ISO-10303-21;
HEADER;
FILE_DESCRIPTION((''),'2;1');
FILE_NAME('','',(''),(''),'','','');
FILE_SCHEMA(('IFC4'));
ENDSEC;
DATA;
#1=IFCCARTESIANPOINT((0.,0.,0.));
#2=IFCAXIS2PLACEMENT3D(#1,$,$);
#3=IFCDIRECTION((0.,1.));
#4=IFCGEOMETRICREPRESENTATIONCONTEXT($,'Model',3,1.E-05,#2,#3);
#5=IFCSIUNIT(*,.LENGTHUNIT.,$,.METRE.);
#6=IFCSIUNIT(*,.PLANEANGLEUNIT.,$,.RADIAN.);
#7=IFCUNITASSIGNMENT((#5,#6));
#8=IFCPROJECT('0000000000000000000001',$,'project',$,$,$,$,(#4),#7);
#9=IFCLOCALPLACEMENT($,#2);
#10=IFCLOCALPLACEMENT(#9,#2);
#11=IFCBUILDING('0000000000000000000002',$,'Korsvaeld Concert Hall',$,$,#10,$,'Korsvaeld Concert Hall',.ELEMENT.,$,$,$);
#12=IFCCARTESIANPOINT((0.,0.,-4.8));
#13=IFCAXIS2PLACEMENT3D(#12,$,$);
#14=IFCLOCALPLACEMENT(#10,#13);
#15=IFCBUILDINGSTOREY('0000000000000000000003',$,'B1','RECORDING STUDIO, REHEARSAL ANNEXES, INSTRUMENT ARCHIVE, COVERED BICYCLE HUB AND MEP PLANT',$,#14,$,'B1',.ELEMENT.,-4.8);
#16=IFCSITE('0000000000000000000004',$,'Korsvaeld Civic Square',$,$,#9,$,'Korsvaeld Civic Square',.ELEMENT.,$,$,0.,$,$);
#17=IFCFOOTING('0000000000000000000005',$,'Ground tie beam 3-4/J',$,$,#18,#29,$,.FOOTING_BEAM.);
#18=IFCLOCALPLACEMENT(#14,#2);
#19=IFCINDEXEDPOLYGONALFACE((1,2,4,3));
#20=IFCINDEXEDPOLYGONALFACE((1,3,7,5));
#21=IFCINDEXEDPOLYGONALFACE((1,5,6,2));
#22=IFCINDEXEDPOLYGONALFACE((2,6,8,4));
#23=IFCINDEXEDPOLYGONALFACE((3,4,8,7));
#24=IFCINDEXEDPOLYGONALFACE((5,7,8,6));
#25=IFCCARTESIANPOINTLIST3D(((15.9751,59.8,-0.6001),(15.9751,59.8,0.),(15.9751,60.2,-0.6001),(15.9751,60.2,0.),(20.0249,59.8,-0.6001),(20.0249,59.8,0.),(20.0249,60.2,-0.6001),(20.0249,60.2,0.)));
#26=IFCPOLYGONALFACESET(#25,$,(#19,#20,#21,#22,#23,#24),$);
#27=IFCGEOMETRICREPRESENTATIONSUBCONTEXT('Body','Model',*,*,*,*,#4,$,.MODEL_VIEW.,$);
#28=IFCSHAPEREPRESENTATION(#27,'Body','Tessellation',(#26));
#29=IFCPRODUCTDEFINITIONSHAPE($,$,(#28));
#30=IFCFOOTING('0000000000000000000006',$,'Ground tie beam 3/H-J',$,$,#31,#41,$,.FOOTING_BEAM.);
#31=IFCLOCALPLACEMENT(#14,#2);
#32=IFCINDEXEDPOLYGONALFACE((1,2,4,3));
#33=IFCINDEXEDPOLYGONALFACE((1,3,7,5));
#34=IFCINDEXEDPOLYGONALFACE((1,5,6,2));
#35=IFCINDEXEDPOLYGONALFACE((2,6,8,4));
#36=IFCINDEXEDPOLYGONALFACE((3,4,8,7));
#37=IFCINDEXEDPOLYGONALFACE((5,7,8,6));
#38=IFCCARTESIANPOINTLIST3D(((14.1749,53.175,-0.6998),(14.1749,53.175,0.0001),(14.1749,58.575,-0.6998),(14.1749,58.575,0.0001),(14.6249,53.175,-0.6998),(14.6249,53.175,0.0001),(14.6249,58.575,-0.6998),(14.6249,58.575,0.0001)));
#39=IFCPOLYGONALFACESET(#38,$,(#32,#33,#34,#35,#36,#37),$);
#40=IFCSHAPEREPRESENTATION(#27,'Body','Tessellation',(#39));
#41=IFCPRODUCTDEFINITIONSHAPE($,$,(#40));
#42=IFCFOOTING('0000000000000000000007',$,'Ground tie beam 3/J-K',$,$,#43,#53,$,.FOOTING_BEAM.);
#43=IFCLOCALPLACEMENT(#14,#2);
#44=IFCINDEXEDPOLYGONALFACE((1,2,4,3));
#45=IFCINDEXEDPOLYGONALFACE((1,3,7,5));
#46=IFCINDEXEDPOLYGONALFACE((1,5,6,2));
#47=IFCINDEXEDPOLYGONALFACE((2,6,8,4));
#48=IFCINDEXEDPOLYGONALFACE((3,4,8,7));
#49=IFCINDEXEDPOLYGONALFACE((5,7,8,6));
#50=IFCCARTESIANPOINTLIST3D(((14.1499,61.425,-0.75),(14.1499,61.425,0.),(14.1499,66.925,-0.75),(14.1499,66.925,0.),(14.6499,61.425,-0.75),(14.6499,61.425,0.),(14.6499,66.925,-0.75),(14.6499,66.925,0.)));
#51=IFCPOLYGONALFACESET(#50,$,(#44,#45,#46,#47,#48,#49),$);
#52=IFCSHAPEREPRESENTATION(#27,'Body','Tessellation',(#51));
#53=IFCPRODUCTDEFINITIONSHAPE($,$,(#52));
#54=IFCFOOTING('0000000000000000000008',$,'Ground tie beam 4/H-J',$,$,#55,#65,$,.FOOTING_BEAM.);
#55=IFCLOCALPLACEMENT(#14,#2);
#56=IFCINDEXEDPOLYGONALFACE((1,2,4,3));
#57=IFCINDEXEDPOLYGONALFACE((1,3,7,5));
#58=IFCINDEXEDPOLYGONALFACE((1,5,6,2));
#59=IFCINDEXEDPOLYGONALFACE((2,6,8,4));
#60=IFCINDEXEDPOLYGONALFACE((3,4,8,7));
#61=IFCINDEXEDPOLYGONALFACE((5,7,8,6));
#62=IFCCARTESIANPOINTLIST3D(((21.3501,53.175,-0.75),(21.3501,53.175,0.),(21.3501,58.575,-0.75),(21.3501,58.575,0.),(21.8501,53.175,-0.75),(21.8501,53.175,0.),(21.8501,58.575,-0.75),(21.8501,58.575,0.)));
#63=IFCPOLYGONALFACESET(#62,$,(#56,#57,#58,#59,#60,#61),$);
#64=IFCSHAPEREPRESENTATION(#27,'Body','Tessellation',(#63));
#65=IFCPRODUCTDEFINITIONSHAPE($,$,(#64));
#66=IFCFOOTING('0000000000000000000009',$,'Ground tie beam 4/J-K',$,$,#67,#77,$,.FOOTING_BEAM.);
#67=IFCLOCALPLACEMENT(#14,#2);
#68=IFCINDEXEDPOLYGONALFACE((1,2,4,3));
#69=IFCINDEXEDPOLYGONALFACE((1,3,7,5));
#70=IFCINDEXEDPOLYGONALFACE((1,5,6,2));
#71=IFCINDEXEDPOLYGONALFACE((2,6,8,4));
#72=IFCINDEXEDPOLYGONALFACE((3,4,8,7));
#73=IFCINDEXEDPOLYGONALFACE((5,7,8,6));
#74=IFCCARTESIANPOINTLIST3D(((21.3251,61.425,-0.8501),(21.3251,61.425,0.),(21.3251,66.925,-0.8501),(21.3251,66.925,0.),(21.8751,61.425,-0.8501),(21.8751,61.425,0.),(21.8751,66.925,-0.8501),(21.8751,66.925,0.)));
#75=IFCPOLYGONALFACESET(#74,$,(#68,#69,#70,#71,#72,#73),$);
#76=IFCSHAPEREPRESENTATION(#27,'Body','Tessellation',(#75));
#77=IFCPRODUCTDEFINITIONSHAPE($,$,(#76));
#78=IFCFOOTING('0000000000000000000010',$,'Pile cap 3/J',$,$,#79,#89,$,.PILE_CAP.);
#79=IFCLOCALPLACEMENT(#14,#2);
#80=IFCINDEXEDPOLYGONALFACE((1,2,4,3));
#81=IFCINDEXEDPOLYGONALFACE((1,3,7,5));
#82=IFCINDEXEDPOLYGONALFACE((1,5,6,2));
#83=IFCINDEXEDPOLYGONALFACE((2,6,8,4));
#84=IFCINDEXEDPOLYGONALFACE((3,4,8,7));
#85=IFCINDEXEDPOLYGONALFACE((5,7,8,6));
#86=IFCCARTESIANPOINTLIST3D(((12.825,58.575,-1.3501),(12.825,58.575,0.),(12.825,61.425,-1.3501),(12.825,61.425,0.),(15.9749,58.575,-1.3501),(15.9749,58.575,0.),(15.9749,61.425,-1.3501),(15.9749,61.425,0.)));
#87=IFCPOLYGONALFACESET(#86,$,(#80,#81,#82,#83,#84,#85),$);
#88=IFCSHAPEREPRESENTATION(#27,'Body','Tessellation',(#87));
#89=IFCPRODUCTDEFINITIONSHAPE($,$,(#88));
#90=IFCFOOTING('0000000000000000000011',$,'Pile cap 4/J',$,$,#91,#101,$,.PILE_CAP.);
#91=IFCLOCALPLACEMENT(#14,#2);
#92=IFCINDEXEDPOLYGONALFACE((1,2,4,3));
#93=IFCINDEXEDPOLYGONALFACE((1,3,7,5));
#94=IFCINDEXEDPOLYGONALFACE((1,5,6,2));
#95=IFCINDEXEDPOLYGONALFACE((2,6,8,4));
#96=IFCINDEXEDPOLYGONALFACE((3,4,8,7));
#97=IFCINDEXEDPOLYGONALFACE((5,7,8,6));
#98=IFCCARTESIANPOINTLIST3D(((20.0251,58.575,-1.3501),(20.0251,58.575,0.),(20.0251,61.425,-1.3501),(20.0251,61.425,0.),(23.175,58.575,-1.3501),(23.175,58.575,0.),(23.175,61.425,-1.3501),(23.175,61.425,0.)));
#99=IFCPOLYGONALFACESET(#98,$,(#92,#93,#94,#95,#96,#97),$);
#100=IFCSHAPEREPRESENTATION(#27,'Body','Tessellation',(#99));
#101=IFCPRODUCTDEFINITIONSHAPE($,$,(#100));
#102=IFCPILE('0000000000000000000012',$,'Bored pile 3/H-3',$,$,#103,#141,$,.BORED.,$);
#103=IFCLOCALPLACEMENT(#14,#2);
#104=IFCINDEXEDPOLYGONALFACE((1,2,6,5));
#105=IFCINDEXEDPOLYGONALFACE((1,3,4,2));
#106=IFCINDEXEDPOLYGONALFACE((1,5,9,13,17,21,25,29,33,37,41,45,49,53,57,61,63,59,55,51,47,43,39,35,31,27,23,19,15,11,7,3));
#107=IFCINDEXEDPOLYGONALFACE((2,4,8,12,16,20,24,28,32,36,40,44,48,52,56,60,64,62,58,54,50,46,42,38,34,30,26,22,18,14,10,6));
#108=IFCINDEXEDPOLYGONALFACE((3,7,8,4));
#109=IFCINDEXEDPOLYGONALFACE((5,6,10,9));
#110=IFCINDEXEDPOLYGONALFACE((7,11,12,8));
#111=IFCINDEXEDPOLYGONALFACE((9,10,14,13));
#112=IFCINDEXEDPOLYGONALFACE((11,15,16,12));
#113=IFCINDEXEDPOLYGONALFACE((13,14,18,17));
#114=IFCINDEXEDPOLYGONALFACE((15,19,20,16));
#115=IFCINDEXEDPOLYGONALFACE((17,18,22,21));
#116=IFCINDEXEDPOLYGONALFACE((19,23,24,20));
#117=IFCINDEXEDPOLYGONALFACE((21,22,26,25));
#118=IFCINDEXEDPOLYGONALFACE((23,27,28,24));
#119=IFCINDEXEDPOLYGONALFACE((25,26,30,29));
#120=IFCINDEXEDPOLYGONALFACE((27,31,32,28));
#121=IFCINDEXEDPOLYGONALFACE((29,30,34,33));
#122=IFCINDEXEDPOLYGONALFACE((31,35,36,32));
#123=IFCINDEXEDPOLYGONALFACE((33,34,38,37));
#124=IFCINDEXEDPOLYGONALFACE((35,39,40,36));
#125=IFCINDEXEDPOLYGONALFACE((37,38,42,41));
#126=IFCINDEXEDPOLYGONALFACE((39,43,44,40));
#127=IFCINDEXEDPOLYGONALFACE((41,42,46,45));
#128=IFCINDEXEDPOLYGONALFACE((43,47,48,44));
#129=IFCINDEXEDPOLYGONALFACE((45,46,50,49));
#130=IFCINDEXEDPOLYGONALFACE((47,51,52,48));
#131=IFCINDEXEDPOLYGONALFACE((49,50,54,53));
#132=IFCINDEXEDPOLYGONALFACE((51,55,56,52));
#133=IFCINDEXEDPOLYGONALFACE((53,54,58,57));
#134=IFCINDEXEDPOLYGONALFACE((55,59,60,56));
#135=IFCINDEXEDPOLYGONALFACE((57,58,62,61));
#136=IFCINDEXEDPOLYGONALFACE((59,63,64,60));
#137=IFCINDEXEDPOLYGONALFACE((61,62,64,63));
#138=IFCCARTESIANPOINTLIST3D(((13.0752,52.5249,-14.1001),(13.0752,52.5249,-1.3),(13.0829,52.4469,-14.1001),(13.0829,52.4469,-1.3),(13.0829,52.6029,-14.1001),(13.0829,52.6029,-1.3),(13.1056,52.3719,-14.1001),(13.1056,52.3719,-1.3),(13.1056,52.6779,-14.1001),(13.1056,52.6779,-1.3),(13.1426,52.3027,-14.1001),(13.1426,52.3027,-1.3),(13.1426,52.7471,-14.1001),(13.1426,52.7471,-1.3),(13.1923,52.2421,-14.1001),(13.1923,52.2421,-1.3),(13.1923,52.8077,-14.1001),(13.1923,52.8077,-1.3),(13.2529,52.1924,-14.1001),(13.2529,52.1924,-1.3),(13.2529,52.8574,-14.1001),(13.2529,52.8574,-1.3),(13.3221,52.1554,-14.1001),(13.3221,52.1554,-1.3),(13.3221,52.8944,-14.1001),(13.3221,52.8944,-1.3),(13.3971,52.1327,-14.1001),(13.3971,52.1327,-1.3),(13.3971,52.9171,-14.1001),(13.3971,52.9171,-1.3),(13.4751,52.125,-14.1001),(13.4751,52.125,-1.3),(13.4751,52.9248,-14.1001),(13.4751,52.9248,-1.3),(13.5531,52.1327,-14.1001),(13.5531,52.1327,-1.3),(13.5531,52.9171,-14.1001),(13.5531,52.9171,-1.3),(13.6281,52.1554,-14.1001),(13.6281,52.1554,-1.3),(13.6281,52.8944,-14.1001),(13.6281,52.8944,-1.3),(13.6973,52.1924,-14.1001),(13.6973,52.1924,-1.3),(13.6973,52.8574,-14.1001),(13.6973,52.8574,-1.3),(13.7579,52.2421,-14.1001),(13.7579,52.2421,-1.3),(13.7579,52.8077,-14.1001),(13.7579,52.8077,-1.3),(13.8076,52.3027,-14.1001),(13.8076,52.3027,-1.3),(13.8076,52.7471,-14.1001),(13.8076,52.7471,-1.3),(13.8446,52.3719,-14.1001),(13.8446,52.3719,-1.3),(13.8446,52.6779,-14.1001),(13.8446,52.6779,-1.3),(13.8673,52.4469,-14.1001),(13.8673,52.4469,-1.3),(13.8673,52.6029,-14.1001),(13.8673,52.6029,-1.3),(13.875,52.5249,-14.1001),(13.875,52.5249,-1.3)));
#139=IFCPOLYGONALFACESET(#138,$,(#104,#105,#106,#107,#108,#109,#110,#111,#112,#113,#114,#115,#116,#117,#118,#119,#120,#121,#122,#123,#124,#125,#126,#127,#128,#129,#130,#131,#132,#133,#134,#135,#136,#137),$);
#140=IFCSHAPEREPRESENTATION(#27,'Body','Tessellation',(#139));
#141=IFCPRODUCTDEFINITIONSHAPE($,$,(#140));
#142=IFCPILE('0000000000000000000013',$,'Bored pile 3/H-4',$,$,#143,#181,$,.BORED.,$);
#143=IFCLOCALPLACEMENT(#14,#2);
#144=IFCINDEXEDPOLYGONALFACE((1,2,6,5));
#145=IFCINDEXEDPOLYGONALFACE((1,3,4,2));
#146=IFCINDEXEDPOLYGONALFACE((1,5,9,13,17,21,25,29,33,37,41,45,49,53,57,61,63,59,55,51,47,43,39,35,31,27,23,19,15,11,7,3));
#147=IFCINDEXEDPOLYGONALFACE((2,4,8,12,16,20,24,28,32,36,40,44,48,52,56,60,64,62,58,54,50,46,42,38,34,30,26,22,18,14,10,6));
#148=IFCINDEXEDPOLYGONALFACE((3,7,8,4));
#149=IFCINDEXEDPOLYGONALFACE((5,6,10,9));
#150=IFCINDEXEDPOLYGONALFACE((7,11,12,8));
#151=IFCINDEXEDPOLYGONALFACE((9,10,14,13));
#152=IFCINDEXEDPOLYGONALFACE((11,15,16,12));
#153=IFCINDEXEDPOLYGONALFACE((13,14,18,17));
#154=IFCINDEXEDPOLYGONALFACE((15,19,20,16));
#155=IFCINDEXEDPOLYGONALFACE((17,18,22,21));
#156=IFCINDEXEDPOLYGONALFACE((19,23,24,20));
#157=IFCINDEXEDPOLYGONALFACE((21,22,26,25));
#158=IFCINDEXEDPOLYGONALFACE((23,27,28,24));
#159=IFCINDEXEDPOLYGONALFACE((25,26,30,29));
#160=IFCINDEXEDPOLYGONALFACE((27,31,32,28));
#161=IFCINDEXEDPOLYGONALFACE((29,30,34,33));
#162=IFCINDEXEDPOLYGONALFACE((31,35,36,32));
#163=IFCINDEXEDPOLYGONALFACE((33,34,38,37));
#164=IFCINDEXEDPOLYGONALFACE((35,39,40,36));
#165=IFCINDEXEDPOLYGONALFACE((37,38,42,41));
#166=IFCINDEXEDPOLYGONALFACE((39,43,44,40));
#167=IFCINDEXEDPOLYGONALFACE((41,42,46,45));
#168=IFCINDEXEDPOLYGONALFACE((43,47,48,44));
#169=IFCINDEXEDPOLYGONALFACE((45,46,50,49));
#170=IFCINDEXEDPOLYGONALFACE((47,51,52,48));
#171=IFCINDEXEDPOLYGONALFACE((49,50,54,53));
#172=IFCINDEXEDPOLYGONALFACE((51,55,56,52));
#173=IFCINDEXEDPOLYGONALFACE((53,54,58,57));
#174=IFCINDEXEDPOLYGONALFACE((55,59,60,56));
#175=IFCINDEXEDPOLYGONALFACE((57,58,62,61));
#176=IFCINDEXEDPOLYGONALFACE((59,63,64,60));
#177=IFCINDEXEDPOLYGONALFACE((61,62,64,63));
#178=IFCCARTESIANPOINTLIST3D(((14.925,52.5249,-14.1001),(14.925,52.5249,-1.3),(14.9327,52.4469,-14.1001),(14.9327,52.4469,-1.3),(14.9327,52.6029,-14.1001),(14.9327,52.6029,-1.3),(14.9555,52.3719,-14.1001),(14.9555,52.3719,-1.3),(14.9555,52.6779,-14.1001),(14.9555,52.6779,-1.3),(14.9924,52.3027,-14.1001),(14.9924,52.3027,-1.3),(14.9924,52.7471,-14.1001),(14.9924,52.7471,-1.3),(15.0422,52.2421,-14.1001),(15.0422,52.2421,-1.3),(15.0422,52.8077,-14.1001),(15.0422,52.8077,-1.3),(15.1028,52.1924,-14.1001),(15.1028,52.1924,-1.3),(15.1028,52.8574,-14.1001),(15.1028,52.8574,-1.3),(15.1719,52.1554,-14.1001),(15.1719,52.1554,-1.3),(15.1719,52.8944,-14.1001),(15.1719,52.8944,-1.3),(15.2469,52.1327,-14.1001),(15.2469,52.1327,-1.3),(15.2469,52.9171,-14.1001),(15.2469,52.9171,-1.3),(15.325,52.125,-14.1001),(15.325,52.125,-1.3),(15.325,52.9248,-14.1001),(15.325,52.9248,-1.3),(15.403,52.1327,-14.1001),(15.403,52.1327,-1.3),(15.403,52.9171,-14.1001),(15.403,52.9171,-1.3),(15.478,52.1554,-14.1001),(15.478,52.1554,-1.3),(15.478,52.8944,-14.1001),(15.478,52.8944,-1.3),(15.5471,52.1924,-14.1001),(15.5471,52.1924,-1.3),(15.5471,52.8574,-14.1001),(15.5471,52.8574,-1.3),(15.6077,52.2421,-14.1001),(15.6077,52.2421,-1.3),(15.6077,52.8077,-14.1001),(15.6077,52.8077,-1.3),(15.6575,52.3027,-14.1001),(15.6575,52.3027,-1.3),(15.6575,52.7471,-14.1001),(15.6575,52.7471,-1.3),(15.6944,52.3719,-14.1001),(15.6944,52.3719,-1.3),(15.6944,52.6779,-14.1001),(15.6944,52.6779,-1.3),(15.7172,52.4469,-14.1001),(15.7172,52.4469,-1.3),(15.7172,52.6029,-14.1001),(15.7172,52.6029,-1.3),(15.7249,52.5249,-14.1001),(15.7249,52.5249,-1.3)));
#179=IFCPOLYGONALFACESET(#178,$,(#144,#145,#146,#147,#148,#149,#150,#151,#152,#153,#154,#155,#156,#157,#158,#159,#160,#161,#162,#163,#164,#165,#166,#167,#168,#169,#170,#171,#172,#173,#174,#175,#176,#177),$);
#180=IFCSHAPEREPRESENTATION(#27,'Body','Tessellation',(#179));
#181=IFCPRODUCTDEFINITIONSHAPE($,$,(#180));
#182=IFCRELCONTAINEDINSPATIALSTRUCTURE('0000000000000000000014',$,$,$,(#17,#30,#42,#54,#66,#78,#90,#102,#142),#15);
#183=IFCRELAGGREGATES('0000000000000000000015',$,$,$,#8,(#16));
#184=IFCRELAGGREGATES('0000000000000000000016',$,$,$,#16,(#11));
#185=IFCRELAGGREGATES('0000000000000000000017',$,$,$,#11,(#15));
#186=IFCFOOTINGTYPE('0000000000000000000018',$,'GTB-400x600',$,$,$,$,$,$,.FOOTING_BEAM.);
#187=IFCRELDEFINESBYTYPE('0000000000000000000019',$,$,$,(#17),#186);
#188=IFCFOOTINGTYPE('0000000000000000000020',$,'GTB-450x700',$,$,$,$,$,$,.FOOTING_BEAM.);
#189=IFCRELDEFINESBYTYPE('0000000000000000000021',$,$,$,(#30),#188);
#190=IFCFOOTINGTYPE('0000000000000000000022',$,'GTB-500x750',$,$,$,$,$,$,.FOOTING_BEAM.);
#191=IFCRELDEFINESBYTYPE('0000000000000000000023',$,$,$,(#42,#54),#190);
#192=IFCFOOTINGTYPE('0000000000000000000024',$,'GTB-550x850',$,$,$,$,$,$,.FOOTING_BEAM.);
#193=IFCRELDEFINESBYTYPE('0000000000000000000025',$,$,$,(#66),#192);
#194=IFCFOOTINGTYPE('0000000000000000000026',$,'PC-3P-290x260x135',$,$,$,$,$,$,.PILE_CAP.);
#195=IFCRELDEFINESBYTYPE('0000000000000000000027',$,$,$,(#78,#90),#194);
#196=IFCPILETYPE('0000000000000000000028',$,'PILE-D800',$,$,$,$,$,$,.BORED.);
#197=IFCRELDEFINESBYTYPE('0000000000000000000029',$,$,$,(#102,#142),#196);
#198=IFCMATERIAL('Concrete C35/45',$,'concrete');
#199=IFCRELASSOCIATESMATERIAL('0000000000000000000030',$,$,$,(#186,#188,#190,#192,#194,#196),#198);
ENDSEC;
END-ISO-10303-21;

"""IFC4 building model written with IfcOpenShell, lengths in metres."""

from ifc_helpers import new_model, si_unit, direction, frame, origin, origin_2d, place, context, subcontext, project, spatial, rectangle, circle, extrude, material, material_profile, profile_set, type_object, element, save


model = new_model("IFC4")

# Units and contexts
model_context = context("Model", 3, precision=1e-05, world=origin(), true_north=direction((0.0, 1.0)))
body_context = subcontext(model_context, "Body", "Model", "MODEL_VIEW")
ifc_project = project(units=[si_unit("LENGTHUNIT", "METRE"), si_unit("PLANEANGLEUNIT", "RADIAN")], contexts=[model_context])

# Site, building, storey
site_placement = place(None, origin())
site = spatial("IfcSite", under=ifc_project, at=site_placement, Name="Korsvaeld Civic Square", LongName="Korsvaeld Civic Square", CompositionType="ELEMENT", RefElevation=0.0)
building_placement = place(site_placement, origin())
building = spatial("IfcBuilding", under=site, at=building_placement, Name="Korsvaeld Concert Hall", LongName="Korsvaeld Concert Hall", CompositionType="ELEMENT")
storey_placement = place(building_placement, frame((0.0, 0.0, -4.8)))
storey = spatial("IfcBuildingStorey", under=building, at=storey_placement, Name="B1", Description="RECORDING STUDIO, REHEARSAL ANNEXES, INSTRUMENT ARCHIVE, COVERED BICYCLE HUB AND MEP PLANT", LongName="B1", CompositionType="ELEMENT", Elevation=-4.8)

# Footings
ifc_material_1 = material(Name="Concrete C35/45", Category="concrete")
ifc_material_profile_1 = material_profile(ifc_material_1, rectangle(XDim=0.3999, YDim=0.6001, at=origin_2d()), Name="GTB 400x600")
ifc_profile_set_1 = profile_set([ifc_material_profile_1], Name="Concrete C35/45")
footing_type_1 = type_object("IfcFootingType", Name="GTB-400x600", PredefinedType="FOOTING_BEAM", material=ifc_profile_set_1)
footing_1_placement = place(storey_placement, frame((15.9751, 60.0, -0.3), z_axis=(1.0, 0.0, 0.0), x_axis=(0.0, 1.0, 0.0)))
element("IfcFooting", 1, at=footing_1_placement, inside=storey, type_object=footing_type_1, Name="Ground tie beam 3-4/J", PredefinedType="FOOTING_BEAM", context=body_context, shape_type="SweptSolid", body=[
    extrude(rectangle(XDim=0.3999, YDim=0.6001, at=origin_2d()), origin(), (0.0, 0.0, 1.0), 4.0498),
])
ifc_material_profile_2 = material_profile(ifc_material_1, rectangle(XDim=0.45, YDim=0.7, at=origin_2d()), Name="GTB 450x700")
ifc_profile_set_2 = profile_set([ifc_material_profile_2], Name="Concrete C35/45")
footing_type_2 = type_object("IfcFootingType", Name="GTB-450x700", PredefinedType="FOOTING_BEAM", material=ifc_profile_set_2)
footing_2_placement = place(storey_placement, frame((14.3999, 53.175, -0.3499), z_axis=(0.0, 1.0, 0.0), x_axis=(-1.0, 0.0, 0.0)))
element("IfcFooting", 2, at=footing_2_placement, inside=storey, type_object=footing_type_2, Name="Ground tie beam 3/H-J", PredefinedType="FOOTING_BEAM", context=body_context, shape_type="SweptSolid", body=[
    extrude(rectangle(XDim=0.45, YDim=0.7, at=origin_2d()), origin(), (0.0, 0.0, 1.0), 5.3999),
])
ifc_material_profile_3 = material_profile(ifc_material_1, rectangle(XDim=0.5, YDim=0.75, at=origin_2d()), Name="GTB 500x750")
ifc_profile_set_3 = profile_set([ifc_material_profile_3], Name="Concrete C35/45")
footing_type_3 = type_object("IfcFootingType", Name="GTB-500x750", PredefinedType="FOOTING_BEAM", material=ifc_profile_set_3)
footing_3_placement = place(storey_placement, frame((14.3999, 61.425, -0.375), z_axis=(0.0, 1.0, 0.0), x_axis=(-1.0, 0.0, 0.0)))
element("IfcFooting", 3, at=footing_3_placement, inside=storey, type_object=footing_type_3, Name="Ground tie beam 3/J-K", PredefinedType="FOOTING_BEAM", context=body_context, shape_type="SweptSolid", body=[
    extrude(rectangle(XDim=0.5, YDim=0.75, at=origin_2d()), origin(), (0.0, 0.0, 1.0), 5.5),
])
footing_4_placement = place(storey_placement, frame((21.6001, 53.175, -0.375), z_axis=(0.0, 1.0, 0.0), x_axis=(-1.0, 0.0, 0.0)))
element("IfcFooting", 4, at=footing_4_placement, inside=storey, type_object=footing_type_3, Name="Ground tie beam 4/H-J", PredefinedType="FOOTING_BEAM", context=body_context, shape_type="SweptSolid", body=[
    extrude(rectangle(XDim=0.5, YDim=0.75, at=origin_2d()), origin(), (0.0, 0.0, 1.0), 5.3999),
])
ifc_material_profile_4 = material_profile(ifc_material_1, rectangle(XDim=0.55, YDim=0.8501, at=origin_2d()), Name="GTB 550x850")
ifc_profile_set_4 = profile_set([ifc_material_profile_4], Name="Concrete C35/45")
footing_type_4 = type_object("IfcFootingType", Name="GTB-550x850", PredefinedType="FOOTING_BEAM", material=ifc_profile_set_4)
footing_5_placement = place(storey_placement, frame((21.6001, 61.425, -0.425), z_axis=(0.0, 1.0, 0.0), x_axis=(-1.0, 0.0, 0.0)))
element("IfcFooting", 5, at=footing_5_placement, inside=storey, type_object=footing_type_4, Name="Ground tie beam 4/J-K", PredefinedType="FOOTING_BEAM", context=body_context, shape_type="SweptSolid", body=[
    extrude(rectangle(XDim=0.55, YDim=0.8501, at=origin_2d()), origin(), (0.0, 0.0, 1.0), 5.5),
])
footing_type_5 = type_object("IfcFootingType", Name="PC-3P-290x260x135", PredefinedType="PILE_CAP", material=ifc_material_1)
for number, where, z_axis, x_axis, name in (
    (6, (14.3999, 60.0, -1.3501), (0.0, 0.0, 1.0), (1.0, 0.0, 0.0), "Pile cap 3/J"),
    (7, (21.6001, 60.0, -1.3501), (0.0, 0.0, 1.0), (1.0, 0.0, 0.0), "Pile cap 4/J"),
):
    element("IfcFooting", number, at=place(storey_placement, frame(where, z_axis=z_axis, x_axis=x_axis)), inside=storey, type_object=footing_type_5, Name=name, PredefinedType="PILE_CAP", context=body_context, shape_type="SweptSolid", body=[
        extrude(rectangle(XDim=3.1499, YDim=2.8501, at=origin_2d()), origin(), (0.0, 0.0, 1.0), 1.3501),
    ])

# Piles
ifc_material_profile_5 = material_profile(ifc_material_1, circle(Radius=0.3999, at=origin_2d()), Name="BORED PILE D800")
ifc_profile_set_5 = profile_set([ifc_material_profile_5], Name="Concrete C35/45")
pile_type = type_object("IfcPileType", Name="PILE-D800", PredefinedType="BORED", material=ifc_profile_set_5)
for number, where, z_axis, x_axis, name in (
    (8, (13.4751, 52.5249, -1.3), (0.0, 0.0, -1.0), (1.0, 0.0, 0.0), "Bored pile 3/H-3"),
    (9, (15.325, 52.5249, -1.3), (0.0, 0.0, -1.0), (1.0, 0.0, 0.0), "Bored pile 3/H-4"),
):
    element("IfcPile", number, at=place(storey_placement, frame(where, z_axis=z_axis, x_axis=x_axis)), inside=storey, type_object=pile_type, Name=name, PredefinedType="BORED", context=body_context, shape_type="SweptSolid", body=[
        extrude(circle(Radius=0.3999, at=origin_2d()), origin(), (0.0, 0.0, 1.0), 12.8),
    ])

save(model, "model.ifc")
